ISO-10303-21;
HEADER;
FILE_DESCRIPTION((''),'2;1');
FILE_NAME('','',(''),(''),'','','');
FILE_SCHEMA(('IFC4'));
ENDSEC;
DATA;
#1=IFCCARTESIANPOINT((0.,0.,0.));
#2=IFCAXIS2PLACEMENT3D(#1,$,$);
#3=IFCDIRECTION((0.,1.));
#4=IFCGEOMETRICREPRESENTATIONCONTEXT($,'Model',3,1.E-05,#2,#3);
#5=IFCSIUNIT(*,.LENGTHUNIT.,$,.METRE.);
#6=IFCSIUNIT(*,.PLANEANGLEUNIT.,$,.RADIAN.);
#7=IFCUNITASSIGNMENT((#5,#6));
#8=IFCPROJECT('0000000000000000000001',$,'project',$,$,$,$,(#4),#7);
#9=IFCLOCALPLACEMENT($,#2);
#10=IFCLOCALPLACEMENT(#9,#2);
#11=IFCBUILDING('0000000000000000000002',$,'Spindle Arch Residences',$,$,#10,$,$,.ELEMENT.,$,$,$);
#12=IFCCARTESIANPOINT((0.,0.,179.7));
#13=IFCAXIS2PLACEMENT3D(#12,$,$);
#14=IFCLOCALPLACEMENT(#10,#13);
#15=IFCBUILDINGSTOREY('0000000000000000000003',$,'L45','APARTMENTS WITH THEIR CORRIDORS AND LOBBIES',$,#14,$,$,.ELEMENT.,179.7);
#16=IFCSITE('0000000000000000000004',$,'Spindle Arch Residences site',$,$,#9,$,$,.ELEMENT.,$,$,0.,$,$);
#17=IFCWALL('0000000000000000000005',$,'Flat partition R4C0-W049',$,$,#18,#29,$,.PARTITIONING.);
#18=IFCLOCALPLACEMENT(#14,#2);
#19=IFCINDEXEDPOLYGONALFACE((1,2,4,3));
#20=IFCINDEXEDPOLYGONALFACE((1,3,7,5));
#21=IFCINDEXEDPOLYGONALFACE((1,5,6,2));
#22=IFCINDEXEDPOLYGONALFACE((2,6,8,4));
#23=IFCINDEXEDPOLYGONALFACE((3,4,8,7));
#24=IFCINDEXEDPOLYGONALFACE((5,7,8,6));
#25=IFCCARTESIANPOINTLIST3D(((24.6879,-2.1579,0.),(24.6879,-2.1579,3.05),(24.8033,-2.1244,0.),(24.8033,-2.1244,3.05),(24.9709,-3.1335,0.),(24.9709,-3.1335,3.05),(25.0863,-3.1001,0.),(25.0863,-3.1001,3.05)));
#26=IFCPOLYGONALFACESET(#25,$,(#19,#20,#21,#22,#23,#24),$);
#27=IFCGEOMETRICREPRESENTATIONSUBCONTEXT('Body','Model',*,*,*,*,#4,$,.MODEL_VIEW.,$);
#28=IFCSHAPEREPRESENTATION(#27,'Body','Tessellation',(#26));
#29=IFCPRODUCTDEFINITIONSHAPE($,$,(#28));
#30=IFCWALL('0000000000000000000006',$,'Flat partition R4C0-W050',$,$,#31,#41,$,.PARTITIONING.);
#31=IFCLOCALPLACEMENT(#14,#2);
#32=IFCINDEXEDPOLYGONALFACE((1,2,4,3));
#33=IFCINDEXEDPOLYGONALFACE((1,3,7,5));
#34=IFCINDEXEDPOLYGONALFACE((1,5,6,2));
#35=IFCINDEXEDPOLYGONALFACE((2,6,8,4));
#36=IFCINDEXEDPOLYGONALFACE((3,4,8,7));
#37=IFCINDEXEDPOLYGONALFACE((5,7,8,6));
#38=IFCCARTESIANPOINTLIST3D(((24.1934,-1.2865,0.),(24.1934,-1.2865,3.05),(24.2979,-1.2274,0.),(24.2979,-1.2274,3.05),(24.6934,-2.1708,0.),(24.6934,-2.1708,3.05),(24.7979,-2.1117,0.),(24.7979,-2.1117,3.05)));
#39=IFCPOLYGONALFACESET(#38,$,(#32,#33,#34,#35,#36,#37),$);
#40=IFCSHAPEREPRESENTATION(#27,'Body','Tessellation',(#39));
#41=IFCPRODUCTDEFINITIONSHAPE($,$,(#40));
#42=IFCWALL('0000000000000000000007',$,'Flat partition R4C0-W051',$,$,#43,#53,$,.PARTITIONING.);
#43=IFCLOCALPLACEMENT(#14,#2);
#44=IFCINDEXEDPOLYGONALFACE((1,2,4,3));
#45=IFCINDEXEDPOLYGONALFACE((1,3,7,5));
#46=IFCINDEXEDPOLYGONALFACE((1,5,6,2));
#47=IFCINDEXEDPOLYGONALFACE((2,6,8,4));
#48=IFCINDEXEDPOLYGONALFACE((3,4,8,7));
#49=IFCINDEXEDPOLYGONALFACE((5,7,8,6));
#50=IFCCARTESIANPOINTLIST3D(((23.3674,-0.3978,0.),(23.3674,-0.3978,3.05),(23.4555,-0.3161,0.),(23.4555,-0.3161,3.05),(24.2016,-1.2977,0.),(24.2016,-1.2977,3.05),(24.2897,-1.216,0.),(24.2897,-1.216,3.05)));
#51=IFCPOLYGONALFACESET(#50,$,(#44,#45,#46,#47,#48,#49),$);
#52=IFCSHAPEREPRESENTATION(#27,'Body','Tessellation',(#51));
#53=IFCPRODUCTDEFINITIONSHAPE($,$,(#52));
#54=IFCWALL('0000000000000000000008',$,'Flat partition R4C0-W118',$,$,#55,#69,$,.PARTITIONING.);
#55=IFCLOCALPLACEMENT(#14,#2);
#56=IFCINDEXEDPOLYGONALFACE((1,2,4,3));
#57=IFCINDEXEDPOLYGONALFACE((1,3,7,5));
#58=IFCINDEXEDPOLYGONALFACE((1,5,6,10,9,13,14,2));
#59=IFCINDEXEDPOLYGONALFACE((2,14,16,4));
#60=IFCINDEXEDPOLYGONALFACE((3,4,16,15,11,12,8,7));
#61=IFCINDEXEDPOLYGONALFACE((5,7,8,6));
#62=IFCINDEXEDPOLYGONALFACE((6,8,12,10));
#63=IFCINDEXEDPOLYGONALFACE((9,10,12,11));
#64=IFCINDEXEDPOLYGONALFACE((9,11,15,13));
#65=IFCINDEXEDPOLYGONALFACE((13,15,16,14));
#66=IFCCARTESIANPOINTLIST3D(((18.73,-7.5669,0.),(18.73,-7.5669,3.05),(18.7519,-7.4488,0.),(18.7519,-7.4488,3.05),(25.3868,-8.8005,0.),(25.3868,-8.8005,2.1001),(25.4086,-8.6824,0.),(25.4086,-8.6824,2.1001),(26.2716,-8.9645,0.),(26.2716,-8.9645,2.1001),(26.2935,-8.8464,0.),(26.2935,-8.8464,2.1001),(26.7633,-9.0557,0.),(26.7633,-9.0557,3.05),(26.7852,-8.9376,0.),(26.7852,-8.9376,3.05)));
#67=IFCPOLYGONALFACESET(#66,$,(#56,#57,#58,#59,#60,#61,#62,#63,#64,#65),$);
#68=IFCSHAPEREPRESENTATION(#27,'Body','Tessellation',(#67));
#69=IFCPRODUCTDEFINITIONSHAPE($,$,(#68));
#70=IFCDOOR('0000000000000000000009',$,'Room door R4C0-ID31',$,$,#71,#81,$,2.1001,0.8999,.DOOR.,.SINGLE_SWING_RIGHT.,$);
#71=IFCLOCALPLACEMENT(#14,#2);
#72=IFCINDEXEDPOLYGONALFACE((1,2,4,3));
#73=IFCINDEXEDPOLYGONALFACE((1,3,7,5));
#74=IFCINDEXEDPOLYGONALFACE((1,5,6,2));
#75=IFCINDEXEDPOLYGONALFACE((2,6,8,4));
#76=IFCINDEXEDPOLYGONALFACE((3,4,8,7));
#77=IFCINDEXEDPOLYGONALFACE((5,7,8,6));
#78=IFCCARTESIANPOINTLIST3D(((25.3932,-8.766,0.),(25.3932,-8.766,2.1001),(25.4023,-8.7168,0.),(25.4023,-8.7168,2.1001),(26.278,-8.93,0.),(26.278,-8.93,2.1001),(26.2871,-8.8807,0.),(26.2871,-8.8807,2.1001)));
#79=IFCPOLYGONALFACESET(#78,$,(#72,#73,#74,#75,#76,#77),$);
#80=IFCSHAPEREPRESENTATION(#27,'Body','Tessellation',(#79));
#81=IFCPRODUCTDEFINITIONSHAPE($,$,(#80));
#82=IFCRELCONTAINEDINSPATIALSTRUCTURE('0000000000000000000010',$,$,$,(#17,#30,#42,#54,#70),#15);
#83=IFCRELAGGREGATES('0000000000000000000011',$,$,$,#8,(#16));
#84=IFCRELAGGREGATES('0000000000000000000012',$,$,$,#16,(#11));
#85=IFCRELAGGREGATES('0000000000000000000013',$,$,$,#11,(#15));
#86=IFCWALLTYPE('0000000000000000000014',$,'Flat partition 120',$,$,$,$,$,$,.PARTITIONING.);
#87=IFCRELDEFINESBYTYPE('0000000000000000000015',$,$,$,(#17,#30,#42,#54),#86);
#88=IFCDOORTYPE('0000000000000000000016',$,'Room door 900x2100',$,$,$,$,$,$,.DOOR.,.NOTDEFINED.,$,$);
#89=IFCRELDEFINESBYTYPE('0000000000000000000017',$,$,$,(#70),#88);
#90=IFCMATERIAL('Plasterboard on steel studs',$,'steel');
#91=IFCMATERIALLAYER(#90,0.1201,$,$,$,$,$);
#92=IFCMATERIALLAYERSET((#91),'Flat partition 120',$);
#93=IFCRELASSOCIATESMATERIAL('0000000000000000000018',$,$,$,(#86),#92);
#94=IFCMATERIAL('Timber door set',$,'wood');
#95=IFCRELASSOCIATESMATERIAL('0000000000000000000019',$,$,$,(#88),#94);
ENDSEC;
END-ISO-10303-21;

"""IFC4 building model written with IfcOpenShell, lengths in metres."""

from ifc_helpers import new_model, si_unit, direction, frame, frame_2d, origin, place, context, subcontext, project, spatial, rectangle, extrude, material, layer, layer_set, type_object, element, fill, save


model = new_model("IFC4")

# Units and contexts
model_context = context("Model", 3, precision=1e-05, world=origin(), true_north=direction((0.0, 1.0)))
body_context = subcontext(model_context, "Body", "Model", "MODEL_VIEW")
ifc_project = project(units=[si_unit("LENGTHUNIT", "METRE"), si_unit("PLANEANGLEUNIT", "RADIAN")], contexts=[model_context])

# Site, building, storey
site_placement = place(None, origin())
site = spatial("IfcSite", under=ifc_project, at=site_placement, Name="Spindle Arch Residences site", CompositionType="ELEMENT", RefElevation=0.0)
building_placement = place(site_placement, origin())
building = spatial("IfcBuilding", under=site, at=building_placement, Name="Spindle Arch Residences", CompositionType="ELEMENT")
storey_placement = place(building_placement, frame((0.0, 0.0, 179.7)))
storey = spatial("IfcBuildingStorey", under=building, at=storey_placement, Name="L45", Description="APARTMENTS WITH THEIR CORRIDORS AND LOBBIES", CompositionType="ELEMENT", Elevation=179.7)

# Shared definitions
ifc_material_1 = material(Name="Plasterboard on steel studs", Category="steel")
ifc_layer_1 = layer(ifc_material_1, 0.1201)
ifc_layer_set_1 = layer_set([ifc_layer_1], Name="Flat partition 120")
wall_type = type_object("IfcWallType", Name="Flat partition 120", PredefinedType="PARTITIONING", material=ifc_layer_set_1)
ifc_material_2 = material(Name="Timber door set", Category="wood")
door_type = type_object("IfcDoorType", Name="Room door 900x2100", OperationType="NOTDEFINED", PredefinedType="DOOR", material=ifc_material_2)

# Walls
for number, where, z_axis, x_axis, name in (
    (1, (25.0286, -3.1167, 0.0), (0.0, 0.0, 1.0), (-0.27856, 0.960419, 0.0), "Flat partition R4C0-W049"),
    (2, (24.7456, -2.1411, 0.0), (0.0, 0.0, 1.0), (-0.4922, 0.870482, 0.0), "Flat partition R4C0-W050"),
):
    element("IfcWall", number, at=place(storey_placement, frame(where, z_axis=z_axis, x_axis=x_axis)), inside=storey, type_object=wall_type, Name=name, PredefinedType="PARTITIONING", context=body_context, shape_type="SweptSolid", body=[
        extrude(rectangle(XDim=1.0159, YDim=0.1201, at=frame_2d((0.5078, 0.0))), origin(), (0.0, 0.0, 1.0), 3.05),
    ])
wall_1_placement = place(storey_placement, frame((24.2456, -1.2568, 0.0), z_axis=(0.0, 0.0, 1.0), x_axis=(-0.67984, 0.73336, 0.0)))
element("IfcWall", 3, at=wall_1_placement, inside=storey, type_object=wall_type, Name="Flat partition R4C0-W051", PredefinedType="PARTITIONING", context=body_context, shape_type="SweptSolid", body=[
    extrude(rectangle(XDim=1.2271, YDim=0.1201, at=frame_2d((0.6135, 0.0))), origin(), (0.0, 0.0, 1.0), 3.05),
])

# Wall, opening, door
wall_2_placement = place(storey_placement, frame((26.7742, -8.9966, 0.0), z_axis=(0.0, 0.0, 1.0), x_axis=(-0.983258, 0.182219, 0.0)))
wall_2 = element("IfcWall", 4, at=wall_2_placement, inside=storey, type_object=wall_type, Name="Flat partition R4C0-W118", PredefinedType="PARTITIONING", context=body_context, shape_type="SweptSolid", body=[
    extrude(rectangle(XDim=8.1702, YDim=0.1201, at=frame_2d((4.085, 0.0))), origin(), (0.0, 0.0, 1.0), 3.05),
])
opening_1_placement = place(wall_2_placement, frame((0.5, 0.0, 0.0)))
opening_1 = element("IfcOpeningElement", 5, at=opening_1_placement, cuts=wall_2, PredefinedType="OPENING", context=body_context, shape_type="SweptSolid", body=[
    extrude(rectangle(XDim=0.8999, YDim=2.1001, at=frame_2d((0.45, 1.05))), frame((0.0, 0.0701, 0.0), z_axis=(0.0, -1.0, 0.0), x_axis=(1.0, 0.0, 0.0)), (0.0, 0.0, 1.0), 0.1401),
])
door_1_placement = place(opening_1_placement, origin())
door_1 = element("IfcDoor", 6, at=door_1_placement, inside=storey, type_object=door_type, Name="Room door R4C0-ID31", OperationType="SINGLE_SWING_RIGHT", OverallHeight=2.1001, OverallWidth=0.8999, PredefinedType="DOOR", context=body_context, shape_type="SweptSolid", body=[
    extrude(rectangle(XDim=0.8999, YDim=2.1001, at=frame_2d((0.45, 1.05))), frame((0.0, 0.0249, 0.0), z_axis=(0.0, -1.0, 0.0), x_axis=(1.0, 0.0, 0.0)), (0.0, 0.0, 1.0), 0.05),
])
fill(opening_1, door_1)

save(model, "model.ifc")
